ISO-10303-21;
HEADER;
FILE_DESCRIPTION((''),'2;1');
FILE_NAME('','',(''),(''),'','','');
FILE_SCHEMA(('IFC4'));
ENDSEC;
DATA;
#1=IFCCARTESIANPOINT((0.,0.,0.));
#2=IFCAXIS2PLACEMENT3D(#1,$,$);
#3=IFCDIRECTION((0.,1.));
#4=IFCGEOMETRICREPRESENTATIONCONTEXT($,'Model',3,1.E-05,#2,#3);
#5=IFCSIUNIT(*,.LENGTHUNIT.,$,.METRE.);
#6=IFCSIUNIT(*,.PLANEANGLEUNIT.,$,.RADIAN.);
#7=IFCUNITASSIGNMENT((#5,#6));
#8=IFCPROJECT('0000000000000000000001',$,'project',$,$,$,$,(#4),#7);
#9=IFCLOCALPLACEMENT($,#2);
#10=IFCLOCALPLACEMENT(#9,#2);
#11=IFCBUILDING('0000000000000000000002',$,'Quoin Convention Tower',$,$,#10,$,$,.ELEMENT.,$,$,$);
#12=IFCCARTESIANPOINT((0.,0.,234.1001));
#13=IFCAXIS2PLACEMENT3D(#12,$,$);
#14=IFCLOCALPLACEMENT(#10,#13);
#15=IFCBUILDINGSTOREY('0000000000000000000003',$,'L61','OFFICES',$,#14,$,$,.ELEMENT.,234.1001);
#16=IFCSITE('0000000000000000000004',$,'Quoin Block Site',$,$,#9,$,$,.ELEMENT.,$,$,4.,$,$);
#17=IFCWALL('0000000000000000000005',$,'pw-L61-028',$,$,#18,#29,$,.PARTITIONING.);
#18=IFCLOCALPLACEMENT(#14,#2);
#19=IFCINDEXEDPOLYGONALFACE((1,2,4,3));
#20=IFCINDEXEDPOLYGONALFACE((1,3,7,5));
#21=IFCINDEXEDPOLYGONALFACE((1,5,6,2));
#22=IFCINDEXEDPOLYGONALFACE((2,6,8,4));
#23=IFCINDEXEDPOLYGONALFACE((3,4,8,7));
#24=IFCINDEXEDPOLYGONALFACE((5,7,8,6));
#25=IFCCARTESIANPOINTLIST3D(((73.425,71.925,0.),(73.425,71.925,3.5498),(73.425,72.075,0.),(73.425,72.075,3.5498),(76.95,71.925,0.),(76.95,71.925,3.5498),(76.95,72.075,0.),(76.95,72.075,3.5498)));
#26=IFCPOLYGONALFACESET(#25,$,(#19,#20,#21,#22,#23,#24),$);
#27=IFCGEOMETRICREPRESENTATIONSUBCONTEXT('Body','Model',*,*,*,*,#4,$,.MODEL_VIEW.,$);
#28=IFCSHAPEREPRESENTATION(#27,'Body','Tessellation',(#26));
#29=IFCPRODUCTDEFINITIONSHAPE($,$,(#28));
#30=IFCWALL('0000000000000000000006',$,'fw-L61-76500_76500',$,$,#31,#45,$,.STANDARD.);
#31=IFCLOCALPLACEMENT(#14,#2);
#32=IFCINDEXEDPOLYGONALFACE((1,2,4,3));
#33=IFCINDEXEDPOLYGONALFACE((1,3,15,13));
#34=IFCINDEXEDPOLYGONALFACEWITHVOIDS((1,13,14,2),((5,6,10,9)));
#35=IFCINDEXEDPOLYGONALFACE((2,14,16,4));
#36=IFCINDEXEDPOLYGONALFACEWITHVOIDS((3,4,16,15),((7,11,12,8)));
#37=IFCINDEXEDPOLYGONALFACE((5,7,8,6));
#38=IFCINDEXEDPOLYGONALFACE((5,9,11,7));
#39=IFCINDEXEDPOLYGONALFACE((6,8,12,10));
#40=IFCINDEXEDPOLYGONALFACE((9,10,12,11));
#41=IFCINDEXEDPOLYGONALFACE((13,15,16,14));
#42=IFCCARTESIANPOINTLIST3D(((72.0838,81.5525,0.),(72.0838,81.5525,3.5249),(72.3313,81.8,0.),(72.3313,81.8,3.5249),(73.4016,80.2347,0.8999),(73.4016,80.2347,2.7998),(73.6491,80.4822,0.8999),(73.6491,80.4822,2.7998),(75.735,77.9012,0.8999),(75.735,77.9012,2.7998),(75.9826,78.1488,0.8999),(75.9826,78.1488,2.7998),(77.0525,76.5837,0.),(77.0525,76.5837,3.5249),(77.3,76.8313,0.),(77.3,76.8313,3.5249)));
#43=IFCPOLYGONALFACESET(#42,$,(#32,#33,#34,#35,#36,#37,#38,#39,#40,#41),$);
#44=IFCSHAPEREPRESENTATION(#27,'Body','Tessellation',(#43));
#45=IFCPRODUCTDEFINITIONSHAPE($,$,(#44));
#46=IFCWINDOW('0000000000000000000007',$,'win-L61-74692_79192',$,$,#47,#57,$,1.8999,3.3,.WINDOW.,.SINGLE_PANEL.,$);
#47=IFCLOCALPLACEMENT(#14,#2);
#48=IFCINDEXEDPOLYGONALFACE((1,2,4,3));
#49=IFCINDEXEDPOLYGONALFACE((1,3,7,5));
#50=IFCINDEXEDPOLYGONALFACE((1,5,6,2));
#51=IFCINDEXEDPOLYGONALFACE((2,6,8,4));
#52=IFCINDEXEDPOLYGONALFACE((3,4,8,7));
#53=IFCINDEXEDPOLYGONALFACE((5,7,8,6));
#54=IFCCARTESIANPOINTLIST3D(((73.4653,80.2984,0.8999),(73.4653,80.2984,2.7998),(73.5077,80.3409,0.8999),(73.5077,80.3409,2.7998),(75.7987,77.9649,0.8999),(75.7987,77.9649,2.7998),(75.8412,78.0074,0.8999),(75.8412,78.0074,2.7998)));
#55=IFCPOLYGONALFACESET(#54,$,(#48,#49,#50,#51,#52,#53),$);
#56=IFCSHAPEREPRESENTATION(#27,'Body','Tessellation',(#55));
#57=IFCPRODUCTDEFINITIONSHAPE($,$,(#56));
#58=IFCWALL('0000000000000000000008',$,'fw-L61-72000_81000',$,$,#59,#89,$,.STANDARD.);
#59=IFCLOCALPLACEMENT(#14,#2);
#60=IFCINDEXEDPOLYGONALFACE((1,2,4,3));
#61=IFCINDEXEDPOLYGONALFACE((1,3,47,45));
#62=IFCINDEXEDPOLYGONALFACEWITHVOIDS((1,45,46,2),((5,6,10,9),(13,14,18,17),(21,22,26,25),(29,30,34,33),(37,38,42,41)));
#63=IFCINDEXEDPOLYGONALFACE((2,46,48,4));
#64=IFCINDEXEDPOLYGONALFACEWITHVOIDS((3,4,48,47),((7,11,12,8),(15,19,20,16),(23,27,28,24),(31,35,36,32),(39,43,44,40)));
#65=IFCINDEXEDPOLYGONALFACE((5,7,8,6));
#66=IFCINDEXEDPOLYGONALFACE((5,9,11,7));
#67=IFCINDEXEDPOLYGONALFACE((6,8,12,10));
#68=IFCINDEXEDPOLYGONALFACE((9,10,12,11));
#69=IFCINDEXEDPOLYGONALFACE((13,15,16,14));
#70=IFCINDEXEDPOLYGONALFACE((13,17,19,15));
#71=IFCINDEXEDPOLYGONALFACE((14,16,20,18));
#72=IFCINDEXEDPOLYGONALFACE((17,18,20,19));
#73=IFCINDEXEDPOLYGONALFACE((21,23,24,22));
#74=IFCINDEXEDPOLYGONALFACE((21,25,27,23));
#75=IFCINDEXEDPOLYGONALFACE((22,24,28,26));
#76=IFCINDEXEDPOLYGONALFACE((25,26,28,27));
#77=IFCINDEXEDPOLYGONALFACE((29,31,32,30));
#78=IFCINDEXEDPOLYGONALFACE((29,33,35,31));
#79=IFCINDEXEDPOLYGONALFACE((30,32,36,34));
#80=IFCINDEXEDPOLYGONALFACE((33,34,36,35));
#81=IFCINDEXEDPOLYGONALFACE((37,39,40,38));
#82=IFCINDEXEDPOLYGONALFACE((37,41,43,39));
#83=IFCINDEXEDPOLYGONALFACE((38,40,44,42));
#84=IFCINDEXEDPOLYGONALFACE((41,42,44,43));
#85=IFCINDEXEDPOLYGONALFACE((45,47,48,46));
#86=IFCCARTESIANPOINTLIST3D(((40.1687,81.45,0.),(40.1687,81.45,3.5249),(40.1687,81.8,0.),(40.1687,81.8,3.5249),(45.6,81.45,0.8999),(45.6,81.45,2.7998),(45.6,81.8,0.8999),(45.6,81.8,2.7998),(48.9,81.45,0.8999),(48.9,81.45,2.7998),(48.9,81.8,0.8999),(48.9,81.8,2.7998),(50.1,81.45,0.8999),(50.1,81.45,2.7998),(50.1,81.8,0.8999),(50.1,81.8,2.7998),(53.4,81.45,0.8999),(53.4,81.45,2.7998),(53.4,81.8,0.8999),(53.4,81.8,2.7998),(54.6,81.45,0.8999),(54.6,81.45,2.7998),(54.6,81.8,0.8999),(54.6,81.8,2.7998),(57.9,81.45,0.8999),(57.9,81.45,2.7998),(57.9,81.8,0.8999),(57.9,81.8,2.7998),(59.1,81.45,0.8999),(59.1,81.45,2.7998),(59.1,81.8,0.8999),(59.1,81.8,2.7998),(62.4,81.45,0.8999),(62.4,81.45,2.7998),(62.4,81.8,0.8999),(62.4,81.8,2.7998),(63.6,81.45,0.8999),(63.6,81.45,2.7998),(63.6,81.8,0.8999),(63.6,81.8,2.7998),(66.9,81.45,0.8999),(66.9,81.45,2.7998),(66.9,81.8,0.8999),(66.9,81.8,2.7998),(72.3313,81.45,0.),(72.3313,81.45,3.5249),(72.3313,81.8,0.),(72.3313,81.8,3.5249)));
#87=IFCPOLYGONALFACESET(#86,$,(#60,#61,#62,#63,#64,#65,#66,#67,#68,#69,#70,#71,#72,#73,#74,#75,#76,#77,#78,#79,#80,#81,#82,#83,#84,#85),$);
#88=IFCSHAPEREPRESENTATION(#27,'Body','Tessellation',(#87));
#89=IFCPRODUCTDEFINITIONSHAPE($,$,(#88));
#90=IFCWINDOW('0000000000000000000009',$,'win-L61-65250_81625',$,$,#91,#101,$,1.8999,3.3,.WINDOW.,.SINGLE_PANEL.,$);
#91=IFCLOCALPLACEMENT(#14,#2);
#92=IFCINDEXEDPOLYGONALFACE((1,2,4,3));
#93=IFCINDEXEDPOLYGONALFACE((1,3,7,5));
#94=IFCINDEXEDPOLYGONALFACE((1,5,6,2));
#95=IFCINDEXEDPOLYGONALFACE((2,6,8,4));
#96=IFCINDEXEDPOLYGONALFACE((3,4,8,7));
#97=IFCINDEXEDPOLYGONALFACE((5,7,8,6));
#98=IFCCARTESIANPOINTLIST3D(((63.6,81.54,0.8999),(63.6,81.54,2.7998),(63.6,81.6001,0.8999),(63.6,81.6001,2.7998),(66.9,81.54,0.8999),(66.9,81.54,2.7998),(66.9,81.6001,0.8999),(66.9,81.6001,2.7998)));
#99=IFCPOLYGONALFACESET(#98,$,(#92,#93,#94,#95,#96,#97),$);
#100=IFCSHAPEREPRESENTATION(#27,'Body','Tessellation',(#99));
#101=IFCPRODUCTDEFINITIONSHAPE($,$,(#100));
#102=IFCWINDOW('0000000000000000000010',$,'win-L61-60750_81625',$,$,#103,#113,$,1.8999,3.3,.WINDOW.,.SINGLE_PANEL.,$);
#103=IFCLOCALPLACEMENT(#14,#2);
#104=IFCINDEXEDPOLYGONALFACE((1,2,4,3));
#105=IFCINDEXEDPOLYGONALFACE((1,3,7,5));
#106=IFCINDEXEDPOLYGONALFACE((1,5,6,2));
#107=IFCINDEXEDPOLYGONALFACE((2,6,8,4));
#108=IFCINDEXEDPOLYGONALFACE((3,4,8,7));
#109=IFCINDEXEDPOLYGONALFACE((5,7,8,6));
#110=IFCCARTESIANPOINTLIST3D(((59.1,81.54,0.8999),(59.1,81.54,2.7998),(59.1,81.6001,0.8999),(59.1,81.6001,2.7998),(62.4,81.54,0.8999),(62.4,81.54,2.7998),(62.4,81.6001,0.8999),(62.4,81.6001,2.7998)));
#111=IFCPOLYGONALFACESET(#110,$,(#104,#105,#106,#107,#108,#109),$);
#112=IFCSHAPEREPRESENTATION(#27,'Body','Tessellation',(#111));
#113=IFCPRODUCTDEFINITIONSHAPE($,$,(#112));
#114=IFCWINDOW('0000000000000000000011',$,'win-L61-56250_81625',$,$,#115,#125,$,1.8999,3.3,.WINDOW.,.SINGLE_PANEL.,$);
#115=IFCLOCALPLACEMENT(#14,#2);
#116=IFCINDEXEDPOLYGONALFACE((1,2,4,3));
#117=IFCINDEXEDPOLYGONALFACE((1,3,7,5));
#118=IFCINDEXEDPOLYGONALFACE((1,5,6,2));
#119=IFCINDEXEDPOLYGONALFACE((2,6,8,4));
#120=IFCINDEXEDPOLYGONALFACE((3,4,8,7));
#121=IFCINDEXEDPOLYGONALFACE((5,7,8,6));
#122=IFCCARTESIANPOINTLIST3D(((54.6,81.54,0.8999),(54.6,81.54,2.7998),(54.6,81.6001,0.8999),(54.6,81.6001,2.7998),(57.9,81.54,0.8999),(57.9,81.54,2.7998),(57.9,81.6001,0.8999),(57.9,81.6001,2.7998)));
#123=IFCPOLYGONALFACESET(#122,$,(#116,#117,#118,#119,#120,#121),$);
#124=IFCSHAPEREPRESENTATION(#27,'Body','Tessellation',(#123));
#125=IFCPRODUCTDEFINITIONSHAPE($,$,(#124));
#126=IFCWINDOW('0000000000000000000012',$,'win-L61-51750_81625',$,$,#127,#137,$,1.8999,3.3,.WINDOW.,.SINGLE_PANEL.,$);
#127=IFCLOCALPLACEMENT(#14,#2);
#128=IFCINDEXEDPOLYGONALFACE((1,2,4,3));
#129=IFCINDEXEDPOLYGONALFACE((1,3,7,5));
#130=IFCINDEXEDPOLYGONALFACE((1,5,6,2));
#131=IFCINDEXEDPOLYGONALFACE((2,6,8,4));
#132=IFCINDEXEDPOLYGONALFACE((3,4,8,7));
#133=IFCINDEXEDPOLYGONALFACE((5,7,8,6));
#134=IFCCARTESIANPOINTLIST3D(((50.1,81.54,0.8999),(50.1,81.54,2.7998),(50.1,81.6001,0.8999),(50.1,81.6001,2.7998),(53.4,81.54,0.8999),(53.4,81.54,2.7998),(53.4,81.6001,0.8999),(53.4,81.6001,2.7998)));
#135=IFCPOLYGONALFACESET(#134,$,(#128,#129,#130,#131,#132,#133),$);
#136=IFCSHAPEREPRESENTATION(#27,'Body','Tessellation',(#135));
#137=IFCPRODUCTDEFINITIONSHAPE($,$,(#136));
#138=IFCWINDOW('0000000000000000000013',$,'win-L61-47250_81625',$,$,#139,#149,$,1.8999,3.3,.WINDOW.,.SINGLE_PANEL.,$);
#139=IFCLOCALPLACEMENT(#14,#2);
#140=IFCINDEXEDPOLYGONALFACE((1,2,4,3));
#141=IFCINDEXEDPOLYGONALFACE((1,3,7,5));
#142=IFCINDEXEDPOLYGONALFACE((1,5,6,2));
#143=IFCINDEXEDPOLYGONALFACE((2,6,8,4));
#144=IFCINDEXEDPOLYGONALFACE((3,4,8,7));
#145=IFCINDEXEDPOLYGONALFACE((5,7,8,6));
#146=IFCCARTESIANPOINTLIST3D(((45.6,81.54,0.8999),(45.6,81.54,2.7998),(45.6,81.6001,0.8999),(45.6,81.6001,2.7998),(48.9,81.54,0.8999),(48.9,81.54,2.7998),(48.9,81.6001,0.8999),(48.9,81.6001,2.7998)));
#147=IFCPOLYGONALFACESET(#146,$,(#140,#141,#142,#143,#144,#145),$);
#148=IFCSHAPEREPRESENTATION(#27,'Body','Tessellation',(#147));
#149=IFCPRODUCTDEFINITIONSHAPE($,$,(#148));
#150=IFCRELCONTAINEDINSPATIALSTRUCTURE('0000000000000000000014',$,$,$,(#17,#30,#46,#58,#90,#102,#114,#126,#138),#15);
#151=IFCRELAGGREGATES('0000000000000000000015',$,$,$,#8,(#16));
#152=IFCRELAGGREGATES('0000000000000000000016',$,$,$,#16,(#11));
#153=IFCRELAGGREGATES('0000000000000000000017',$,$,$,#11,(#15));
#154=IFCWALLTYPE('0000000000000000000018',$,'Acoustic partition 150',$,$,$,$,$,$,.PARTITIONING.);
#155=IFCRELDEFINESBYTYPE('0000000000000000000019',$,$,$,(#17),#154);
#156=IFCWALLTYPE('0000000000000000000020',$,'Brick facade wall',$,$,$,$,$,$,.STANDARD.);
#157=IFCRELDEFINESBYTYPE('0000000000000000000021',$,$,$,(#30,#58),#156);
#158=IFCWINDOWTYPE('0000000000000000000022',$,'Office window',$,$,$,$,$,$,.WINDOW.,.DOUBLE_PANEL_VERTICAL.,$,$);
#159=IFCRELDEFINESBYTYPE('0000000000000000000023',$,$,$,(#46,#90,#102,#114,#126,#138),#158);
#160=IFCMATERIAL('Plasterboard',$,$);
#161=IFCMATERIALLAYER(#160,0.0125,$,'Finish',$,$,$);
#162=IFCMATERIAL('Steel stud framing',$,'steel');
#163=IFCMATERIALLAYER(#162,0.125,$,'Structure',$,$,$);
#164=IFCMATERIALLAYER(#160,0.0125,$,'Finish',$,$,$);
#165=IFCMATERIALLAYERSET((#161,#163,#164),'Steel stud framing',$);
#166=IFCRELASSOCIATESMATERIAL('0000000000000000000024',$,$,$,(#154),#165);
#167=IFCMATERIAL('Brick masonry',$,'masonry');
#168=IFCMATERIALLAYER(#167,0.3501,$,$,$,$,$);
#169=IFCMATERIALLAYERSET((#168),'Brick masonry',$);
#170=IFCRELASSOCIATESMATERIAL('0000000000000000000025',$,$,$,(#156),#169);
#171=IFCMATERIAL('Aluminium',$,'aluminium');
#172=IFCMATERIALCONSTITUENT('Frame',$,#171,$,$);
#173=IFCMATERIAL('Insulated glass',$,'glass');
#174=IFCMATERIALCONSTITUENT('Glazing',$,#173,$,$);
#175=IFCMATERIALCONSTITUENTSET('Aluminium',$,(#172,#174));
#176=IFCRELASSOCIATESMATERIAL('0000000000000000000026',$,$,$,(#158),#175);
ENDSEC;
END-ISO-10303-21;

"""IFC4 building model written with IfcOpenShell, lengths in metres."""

from ifc_helpers import new_model, si_unit, direction, frame, frame_2d, origin, place, context, subcontext, project, spatial, rectangle, extrude, material, layer, layer_set, constituent, constituent_set, type_object, element, fill, save


model = new_model("IFC4")

# Units and contexts
model_context = context("Model", 3, precision=1e-05, world=origin(), true_north=direction((0.0, 1.0)))
body_context = subcontext(model_context, "Body", "Model", "MODEL_VIEW")
ifc_project = project(units=[si_unit("LENGTHUNIT", "METRE"), si_unit("PLANEANGLEUNIT", "RADIAN")], contexts=[model_context])

# Site, building, storey
site_placement = place(None, origin())
site = spatial("IfcSite", under=ifc_project, at=site_placement, Name="Quoin Block Site", CompositionType="ELEMENT", RefElevation=4.0)
building_placement = place(site_placement, origin())
building = spatial("IfcBuilding", under=site, at=building_placement, Name="Quoin Convention Tower", CompositionType="ELEMENT")
storey_placement = place(building_placement, frame((0.0, 0.0, 234.1001)))
storey = spatial("IfcBuildingStorey", under=building, at=storey_placement, Name="L61", Description="OFFICES", CompositionType="ELEMENT", Elevation=234.1001)

# Wall
ifc_material_1 = material(Name="Plasterboard")
ifc_layer_1 = layer(ifc_material_1, 0.0125, Name="Finish")
ifc_material_2 = material(Name="Steel stud framing", Category="steel")
ifc_layer_2 = layer(ifc_material_2, 0.125, Name="Structure")
ifc_layer_3 = layer(ifc_material_1, 0.0125, Name="Finish")
ifc_layer_set_1 = layer_set([ifc_layer_1, ifc_layer_2, ifc_layer_3], Name="Steel stud framing")
wall_type_1 = type_object("IfcWallType", Name="Acoustic partition 150", PredefinedType="PARTITIONING", material=ifc_layer_set_1)
wall_1_placement = place(storey_placement, frame((73.425, 72.0, 0.0), z_axis=(0.0, 0.0, 1.0), x_axis=(1.0, 0.0, 0.0)))
element("IfcWall", 1, at=wall_1_placement, inside=storey, type_object=wall_type_1, Name="pw-L61-028", PredefinedType="PARTITIONING", context=body_context, shape_type="SweptSolid", body=[
    extrude(rectangle(XDim=3.5249, YDim=0.1499, at=frame_2d((1.7625, 0.0))), origin(), (0.0, 0.0, 1.0), 3.5498),
])

# Wall, opening, window
ifc_material_3 = material(Name="Brick masonry", Category="masonry")
ifc_layer_4 = layer(ifc_material_3, 0.3501)
ifc_layer_set_2 = layer_set([ifc_layer_4], Name="Brick masonry")
wall_type_2 = type_object("IfcWallType", Name="Brick facade wall", PredefinedType="STANDARD", material=ifc_layer_set_2)
wall_2_placement = place(storey_placement, frame((77.1763, 76.7075, 0.0), z_axis=(0.0, 0.0, 1.0), x_axis=(-0.707107, 0.707107, 0.0)))
wall_2 = element("IfcWall", 2, at=wall_2_placement, inside=storey, type_object=wall_type_2, Name="fw-L61-76500_76500", PredefinedType="STANDARD", context=body_context, shape_type="SweptSolid", body=[
    extrude(rectangle(XDim=7.0269, YDim=0.3501, at=frame_2d((3.5134, 0.0))), origin(), (0.0, 0.0, 1.0), 3.5249),
])
opening_1_placement = place(wall_2_placement, frame((1.8633, 0.0, 0.8999)))
opening_1 = element("IfcOpeningElement", 3, at=opening_1_placement, cuts=wall_2, PredefinedType="OPENING", context=body_context, shape_type="SweptSolid", body=[
    extrude(rectangle(XDim=3.3, YDim=1.8999, at=frame_2d((1.6499, 0.95))), frame((0.0, 0.1851, 0.0), z_axis=(0.0, -1.0, 0.0), x_axis=(1.0, 0.0, 0.0)), (0.0, 0.0, 1.0), 0.3701),
])
ifc_material_4 = material(Name="Aluminium", Category="aluminium")
ifc_constituent_1 = constituent(ifc_material_4, Name="Frame")
ifc_material_5 = material(Name="Insulated glass", Category="glass")
ifc_constituent_2 = constituent(ifc_material_5, Name="Glazing")
ifc_constituent_set = constituent_set(constituents=[ifc_constituent_1, ifc_constituent_2], Name="Aluminium")
window_type = type_object("IfcWindowType", Name="Office window", PartitioningType="DOUBLE_PANEL_VERTICAL", PredefinedType="WINDOW", material=ifc_constituent_set)
window_1_placement = place(opening_1_placement, origin())
window_1 = element("IfcWindow", 4, at=window_1_placement, inside=storey, type_object=window_type, Name="win-L61-74692_79192", OverallHeight=1.8999, OverallWidth=3.3, PartitioningType="SINGLE_PANEL", PredefinedType="WINDOW", context=body_context, shape_type="SweptSolid", body=[
    extrude(rectangle(XDim=3.3, YDim=1.8999, at=frame_2d((1.6499, 0.95))), frame((0.0, 0.085, 0.0), z_axis=(0.0, -1.0, 0.0), x_axis=(1.0, 0.0, 0.0)), (0.0, 0.0, 1.0), 0.0601),
])
fill(opening_1, window_1)

# Wall, openings, windows
wall_3_placement = place(storey_placement, frame((72.3313, 81.625, 0.0), z_axis=(0.0, 0.0, 1.0), x_axis=(-1.0, 0.0, 0.0)))
wall_3 = element("IfcWall", 5, at=wall_3_placement, inside=storey, type_object=wall_type_2, Name="fw-L61-72000_81000", PredefinedType="STANDARD", context=body_context, shape_type="SweptSolid", body=[
    extrude(rectangle(XDim=32.1626, YDim=0.3501, at=frame_2d((16.0813, 0.0))), origin(), (0.0, 0.0, 1.0), 3.5249),
])
opening_2_placement = place(wall_3_placement, frame((5.4314, 0.0, 0.8999)))
opening_2 = element("IfcOpeningElement", 6, at=opening_2_placement, cuts=wall_3, PredefinedType="OPENING", context=body_context, shape_type="SweptSolid", body=[
    extrude(rectangle(XDim=3.3, YDim=1.8999, at=frame_2d((1.6499, 0.95))), frame((0.0, 0.1851, 0.0), z_axis=(0.0, -1.0, 0.0), x_axis=(1.0, 0.0, 0.0)), (0.0, 0.0, 1.0), 0.3701),
])
opening_3_placement = place(wall_3_placement, frame((9.9314, 0.0, 0.8999)))
opening_3 = element("IfcOpeningElement", 7, at=opening_3_placement, cuts=wall_3, PredefinedType="OPENING", context=body_context, shape_type="SweptSolid", body=[
    extrude(rectangle(XDim=3.3, YDim=1.8999, at=frame_2d((1.6499, 0.95))), frame((0.0, 0.1851, 0.0), z_axis=(0.0, -1.0, 0.0), x_axis=(1.0, 0.0, 0.0)), (0.0, 0.0, 1.0), 0.3701),
])
opening_4_placement = place(wall_3_placement, frame((14.4314, 0.0, 0.8999)))
opening_4 = element("IfcOpeningElement", 8, at=opening_4_placement, cuts=wall_3, PredefinedType="OPENING", context=body_context, shape_type="SweptSolid", body=[
    extrude(rectangle(XDim=3.3, YDim=1.8999, at=frame_2d((1.6499, 0.95))), frame((0.0, 0.1851, 0.0), z_axis=(0.0, -1.0, 0.0), x_axis=(1.0, 0.0, 0.0)), (0.0, 0.0, 1.0), 0.3701),
])
opening_5_placement = place(wall_3_placement, frame((18.9314, 0.0, 0.8999)))
opening_5 = element("IfcOpeningElement", 9, at=opening_5_placement, cuts=wall_3, PredefinedType="OPENING", context=body_context, shape_type="SweptSolid", body=[
    extrude(rectangle(XDim=3.3, YDim=1.8999, at=frame_2d((1.6499, 0.95))), frame((0.0, 0.1851, 0.0), z_axis=(0.0, -1.0, 0.0), x_axis=(1.0, 0.0, 0.0)), (0.0, 0.0, 1.0), 0.3701),
])
opening_6_placement = place(wall_3_placement, frame((23.4314, 0.0, 0.8999)))
opening_6 = element("IfcOpeningElement", 10, at=opening_6_placement, cuts=wall_3, PredefinedType="OPENING", context=body_context, shape_type="SweptSolid", body=[
    extrude(rectangle(XDim=3.3, YDim=1.8999, at=frame_2d((1.6499, 0.95))), frame((0.0, 0.1851, 0.0), z_axis=(0.0, -1.0, 0.0), x_axis=(1.0, 0.0, 0.0)), (0.0, 0.0, 1.0), 0.3701),
])
window_2_placement = place(opening_2_placement, origin())
window_2 = element("IfcWindow", 11, at=window_2_placement, inside=storey, type_object=window_type, Name="win-L61-65250_81625", OverallHeight=1.8999, OverallWidth=3.3, PartitioningType="SINGLE_PANEL", PredefinedType="WINDOW", context=body_context, shape_type="SweptSolid", body=[
    extrude(rectangle(XDim=3.3, YDim=1.8999, at=frame_2d((1.6499, 0.95))), frame((0.0, 0.085, 0.0), z_axis=(0.0, -1.0, 0.0), x_axis=(1.0, 0.0, 0.0)), (0.0, 0.0, 1.0), 0.0601),
])
fill(opening_2, window_2)
window_3_placement = place(opening_3_placement, origin())
window_3 = element("IfcWindow", 12, at=window_3_placement, inside=storey, type_object=window_type, Name="win-L61-60750_81625", OverallHeight=1.8999, OverallWidth=3.3, PartitioningType="SINGLE_PANEL", PredefinedType="WINDOW", context=body_context, shape_type="SweptSolid", body=[
    extrude(rectangle(XDim=3.3, YDim=1.8999, at=frame_2d((1.6499, 0.95))), frame((0.0, 0.085, 0.0), z_axis=(0.0, -1.0, 0.0), x_axis=(1.0, 0.0, 0.0)), (0.0, 0.0, 1.0), 0.0601),
])
fill(opening_3, window_3)
window_4_placement = place(opening_4_placement, origin())
window_4 = element("IfcWindow", 13, at=window_4_placement, inside=storey, type_object=window_type, Name="win-L61-56250_81625", OverallHeight=1.8999, OverallWidth=3.3, PartitioningType="SINGLE_PANEL", PredefinedType="WINDOW", context=body_context, shape_type="SweptSolid", body=[
    extrude(rectangle(XDim=3.3, YDim=1.8999, at=frame_2d((1.6499, 0.95))), frame((0.0, 0.085, 0.0), z_axis=(0.0, -1.0, 0.0), x_axis=(1.0, 0.0, 0.0)), (0.0, 0.0, 1.0), 0.0601),
])
fill(opening_4, window_4)
window_5_placement = place(opening_5_placement, origin())
window_5 = element("IfcWindow", 14, at=window_5_placement, inside=storey, type_object=window_type, Name="win-L61-51750_81625", OverallHeight=1.8999, OverallWidth=3.3, PartitioningType="SINGLE_PANEL", PredefinedType="WINDOW", context=body_context, shape_type="SweptSolid", body=[
    extrude(rectangle(XDim=3.3, YDim=1.8999, at=frame_2d((1.6499, 0.95))), frame((0.0, 0.085, 0.0), z_axis=(0.0, -1.0, 0.0), x_axis=(1.0, 0.0, 0.0)), (0.0, 0.0, 1.0), 0.0601),
])
fill(opening_5, window_5)
window_6_placement = place(opening_6_placement, origin())
window_6 = element("IfcWindow", 15, at=window_6_placement, inside=storey, type_object=window_type, Name="win-L61-47250_81625", OverallHeight=1.8999, OverallWidth=3.3, PartitioningType="SINGLE_PANEL", PredefinedType="WINDOW", context=body_context, shape_type="SweptSolid", body=[
    extrude(rectangle(XDim=3.3, YDim=1.8999, at=frame_2d((1.6499, 0.95))), frame((0.0, 0.085, 0.0), z_axis=(0.0, -1.0, 0.0), x_axis=(1.0, 0.0, 0.0)), (0.0, 0.0, 1.0), 0.0601),
])
fill(opening_6, window_6)

save(model, "model.ifc")
